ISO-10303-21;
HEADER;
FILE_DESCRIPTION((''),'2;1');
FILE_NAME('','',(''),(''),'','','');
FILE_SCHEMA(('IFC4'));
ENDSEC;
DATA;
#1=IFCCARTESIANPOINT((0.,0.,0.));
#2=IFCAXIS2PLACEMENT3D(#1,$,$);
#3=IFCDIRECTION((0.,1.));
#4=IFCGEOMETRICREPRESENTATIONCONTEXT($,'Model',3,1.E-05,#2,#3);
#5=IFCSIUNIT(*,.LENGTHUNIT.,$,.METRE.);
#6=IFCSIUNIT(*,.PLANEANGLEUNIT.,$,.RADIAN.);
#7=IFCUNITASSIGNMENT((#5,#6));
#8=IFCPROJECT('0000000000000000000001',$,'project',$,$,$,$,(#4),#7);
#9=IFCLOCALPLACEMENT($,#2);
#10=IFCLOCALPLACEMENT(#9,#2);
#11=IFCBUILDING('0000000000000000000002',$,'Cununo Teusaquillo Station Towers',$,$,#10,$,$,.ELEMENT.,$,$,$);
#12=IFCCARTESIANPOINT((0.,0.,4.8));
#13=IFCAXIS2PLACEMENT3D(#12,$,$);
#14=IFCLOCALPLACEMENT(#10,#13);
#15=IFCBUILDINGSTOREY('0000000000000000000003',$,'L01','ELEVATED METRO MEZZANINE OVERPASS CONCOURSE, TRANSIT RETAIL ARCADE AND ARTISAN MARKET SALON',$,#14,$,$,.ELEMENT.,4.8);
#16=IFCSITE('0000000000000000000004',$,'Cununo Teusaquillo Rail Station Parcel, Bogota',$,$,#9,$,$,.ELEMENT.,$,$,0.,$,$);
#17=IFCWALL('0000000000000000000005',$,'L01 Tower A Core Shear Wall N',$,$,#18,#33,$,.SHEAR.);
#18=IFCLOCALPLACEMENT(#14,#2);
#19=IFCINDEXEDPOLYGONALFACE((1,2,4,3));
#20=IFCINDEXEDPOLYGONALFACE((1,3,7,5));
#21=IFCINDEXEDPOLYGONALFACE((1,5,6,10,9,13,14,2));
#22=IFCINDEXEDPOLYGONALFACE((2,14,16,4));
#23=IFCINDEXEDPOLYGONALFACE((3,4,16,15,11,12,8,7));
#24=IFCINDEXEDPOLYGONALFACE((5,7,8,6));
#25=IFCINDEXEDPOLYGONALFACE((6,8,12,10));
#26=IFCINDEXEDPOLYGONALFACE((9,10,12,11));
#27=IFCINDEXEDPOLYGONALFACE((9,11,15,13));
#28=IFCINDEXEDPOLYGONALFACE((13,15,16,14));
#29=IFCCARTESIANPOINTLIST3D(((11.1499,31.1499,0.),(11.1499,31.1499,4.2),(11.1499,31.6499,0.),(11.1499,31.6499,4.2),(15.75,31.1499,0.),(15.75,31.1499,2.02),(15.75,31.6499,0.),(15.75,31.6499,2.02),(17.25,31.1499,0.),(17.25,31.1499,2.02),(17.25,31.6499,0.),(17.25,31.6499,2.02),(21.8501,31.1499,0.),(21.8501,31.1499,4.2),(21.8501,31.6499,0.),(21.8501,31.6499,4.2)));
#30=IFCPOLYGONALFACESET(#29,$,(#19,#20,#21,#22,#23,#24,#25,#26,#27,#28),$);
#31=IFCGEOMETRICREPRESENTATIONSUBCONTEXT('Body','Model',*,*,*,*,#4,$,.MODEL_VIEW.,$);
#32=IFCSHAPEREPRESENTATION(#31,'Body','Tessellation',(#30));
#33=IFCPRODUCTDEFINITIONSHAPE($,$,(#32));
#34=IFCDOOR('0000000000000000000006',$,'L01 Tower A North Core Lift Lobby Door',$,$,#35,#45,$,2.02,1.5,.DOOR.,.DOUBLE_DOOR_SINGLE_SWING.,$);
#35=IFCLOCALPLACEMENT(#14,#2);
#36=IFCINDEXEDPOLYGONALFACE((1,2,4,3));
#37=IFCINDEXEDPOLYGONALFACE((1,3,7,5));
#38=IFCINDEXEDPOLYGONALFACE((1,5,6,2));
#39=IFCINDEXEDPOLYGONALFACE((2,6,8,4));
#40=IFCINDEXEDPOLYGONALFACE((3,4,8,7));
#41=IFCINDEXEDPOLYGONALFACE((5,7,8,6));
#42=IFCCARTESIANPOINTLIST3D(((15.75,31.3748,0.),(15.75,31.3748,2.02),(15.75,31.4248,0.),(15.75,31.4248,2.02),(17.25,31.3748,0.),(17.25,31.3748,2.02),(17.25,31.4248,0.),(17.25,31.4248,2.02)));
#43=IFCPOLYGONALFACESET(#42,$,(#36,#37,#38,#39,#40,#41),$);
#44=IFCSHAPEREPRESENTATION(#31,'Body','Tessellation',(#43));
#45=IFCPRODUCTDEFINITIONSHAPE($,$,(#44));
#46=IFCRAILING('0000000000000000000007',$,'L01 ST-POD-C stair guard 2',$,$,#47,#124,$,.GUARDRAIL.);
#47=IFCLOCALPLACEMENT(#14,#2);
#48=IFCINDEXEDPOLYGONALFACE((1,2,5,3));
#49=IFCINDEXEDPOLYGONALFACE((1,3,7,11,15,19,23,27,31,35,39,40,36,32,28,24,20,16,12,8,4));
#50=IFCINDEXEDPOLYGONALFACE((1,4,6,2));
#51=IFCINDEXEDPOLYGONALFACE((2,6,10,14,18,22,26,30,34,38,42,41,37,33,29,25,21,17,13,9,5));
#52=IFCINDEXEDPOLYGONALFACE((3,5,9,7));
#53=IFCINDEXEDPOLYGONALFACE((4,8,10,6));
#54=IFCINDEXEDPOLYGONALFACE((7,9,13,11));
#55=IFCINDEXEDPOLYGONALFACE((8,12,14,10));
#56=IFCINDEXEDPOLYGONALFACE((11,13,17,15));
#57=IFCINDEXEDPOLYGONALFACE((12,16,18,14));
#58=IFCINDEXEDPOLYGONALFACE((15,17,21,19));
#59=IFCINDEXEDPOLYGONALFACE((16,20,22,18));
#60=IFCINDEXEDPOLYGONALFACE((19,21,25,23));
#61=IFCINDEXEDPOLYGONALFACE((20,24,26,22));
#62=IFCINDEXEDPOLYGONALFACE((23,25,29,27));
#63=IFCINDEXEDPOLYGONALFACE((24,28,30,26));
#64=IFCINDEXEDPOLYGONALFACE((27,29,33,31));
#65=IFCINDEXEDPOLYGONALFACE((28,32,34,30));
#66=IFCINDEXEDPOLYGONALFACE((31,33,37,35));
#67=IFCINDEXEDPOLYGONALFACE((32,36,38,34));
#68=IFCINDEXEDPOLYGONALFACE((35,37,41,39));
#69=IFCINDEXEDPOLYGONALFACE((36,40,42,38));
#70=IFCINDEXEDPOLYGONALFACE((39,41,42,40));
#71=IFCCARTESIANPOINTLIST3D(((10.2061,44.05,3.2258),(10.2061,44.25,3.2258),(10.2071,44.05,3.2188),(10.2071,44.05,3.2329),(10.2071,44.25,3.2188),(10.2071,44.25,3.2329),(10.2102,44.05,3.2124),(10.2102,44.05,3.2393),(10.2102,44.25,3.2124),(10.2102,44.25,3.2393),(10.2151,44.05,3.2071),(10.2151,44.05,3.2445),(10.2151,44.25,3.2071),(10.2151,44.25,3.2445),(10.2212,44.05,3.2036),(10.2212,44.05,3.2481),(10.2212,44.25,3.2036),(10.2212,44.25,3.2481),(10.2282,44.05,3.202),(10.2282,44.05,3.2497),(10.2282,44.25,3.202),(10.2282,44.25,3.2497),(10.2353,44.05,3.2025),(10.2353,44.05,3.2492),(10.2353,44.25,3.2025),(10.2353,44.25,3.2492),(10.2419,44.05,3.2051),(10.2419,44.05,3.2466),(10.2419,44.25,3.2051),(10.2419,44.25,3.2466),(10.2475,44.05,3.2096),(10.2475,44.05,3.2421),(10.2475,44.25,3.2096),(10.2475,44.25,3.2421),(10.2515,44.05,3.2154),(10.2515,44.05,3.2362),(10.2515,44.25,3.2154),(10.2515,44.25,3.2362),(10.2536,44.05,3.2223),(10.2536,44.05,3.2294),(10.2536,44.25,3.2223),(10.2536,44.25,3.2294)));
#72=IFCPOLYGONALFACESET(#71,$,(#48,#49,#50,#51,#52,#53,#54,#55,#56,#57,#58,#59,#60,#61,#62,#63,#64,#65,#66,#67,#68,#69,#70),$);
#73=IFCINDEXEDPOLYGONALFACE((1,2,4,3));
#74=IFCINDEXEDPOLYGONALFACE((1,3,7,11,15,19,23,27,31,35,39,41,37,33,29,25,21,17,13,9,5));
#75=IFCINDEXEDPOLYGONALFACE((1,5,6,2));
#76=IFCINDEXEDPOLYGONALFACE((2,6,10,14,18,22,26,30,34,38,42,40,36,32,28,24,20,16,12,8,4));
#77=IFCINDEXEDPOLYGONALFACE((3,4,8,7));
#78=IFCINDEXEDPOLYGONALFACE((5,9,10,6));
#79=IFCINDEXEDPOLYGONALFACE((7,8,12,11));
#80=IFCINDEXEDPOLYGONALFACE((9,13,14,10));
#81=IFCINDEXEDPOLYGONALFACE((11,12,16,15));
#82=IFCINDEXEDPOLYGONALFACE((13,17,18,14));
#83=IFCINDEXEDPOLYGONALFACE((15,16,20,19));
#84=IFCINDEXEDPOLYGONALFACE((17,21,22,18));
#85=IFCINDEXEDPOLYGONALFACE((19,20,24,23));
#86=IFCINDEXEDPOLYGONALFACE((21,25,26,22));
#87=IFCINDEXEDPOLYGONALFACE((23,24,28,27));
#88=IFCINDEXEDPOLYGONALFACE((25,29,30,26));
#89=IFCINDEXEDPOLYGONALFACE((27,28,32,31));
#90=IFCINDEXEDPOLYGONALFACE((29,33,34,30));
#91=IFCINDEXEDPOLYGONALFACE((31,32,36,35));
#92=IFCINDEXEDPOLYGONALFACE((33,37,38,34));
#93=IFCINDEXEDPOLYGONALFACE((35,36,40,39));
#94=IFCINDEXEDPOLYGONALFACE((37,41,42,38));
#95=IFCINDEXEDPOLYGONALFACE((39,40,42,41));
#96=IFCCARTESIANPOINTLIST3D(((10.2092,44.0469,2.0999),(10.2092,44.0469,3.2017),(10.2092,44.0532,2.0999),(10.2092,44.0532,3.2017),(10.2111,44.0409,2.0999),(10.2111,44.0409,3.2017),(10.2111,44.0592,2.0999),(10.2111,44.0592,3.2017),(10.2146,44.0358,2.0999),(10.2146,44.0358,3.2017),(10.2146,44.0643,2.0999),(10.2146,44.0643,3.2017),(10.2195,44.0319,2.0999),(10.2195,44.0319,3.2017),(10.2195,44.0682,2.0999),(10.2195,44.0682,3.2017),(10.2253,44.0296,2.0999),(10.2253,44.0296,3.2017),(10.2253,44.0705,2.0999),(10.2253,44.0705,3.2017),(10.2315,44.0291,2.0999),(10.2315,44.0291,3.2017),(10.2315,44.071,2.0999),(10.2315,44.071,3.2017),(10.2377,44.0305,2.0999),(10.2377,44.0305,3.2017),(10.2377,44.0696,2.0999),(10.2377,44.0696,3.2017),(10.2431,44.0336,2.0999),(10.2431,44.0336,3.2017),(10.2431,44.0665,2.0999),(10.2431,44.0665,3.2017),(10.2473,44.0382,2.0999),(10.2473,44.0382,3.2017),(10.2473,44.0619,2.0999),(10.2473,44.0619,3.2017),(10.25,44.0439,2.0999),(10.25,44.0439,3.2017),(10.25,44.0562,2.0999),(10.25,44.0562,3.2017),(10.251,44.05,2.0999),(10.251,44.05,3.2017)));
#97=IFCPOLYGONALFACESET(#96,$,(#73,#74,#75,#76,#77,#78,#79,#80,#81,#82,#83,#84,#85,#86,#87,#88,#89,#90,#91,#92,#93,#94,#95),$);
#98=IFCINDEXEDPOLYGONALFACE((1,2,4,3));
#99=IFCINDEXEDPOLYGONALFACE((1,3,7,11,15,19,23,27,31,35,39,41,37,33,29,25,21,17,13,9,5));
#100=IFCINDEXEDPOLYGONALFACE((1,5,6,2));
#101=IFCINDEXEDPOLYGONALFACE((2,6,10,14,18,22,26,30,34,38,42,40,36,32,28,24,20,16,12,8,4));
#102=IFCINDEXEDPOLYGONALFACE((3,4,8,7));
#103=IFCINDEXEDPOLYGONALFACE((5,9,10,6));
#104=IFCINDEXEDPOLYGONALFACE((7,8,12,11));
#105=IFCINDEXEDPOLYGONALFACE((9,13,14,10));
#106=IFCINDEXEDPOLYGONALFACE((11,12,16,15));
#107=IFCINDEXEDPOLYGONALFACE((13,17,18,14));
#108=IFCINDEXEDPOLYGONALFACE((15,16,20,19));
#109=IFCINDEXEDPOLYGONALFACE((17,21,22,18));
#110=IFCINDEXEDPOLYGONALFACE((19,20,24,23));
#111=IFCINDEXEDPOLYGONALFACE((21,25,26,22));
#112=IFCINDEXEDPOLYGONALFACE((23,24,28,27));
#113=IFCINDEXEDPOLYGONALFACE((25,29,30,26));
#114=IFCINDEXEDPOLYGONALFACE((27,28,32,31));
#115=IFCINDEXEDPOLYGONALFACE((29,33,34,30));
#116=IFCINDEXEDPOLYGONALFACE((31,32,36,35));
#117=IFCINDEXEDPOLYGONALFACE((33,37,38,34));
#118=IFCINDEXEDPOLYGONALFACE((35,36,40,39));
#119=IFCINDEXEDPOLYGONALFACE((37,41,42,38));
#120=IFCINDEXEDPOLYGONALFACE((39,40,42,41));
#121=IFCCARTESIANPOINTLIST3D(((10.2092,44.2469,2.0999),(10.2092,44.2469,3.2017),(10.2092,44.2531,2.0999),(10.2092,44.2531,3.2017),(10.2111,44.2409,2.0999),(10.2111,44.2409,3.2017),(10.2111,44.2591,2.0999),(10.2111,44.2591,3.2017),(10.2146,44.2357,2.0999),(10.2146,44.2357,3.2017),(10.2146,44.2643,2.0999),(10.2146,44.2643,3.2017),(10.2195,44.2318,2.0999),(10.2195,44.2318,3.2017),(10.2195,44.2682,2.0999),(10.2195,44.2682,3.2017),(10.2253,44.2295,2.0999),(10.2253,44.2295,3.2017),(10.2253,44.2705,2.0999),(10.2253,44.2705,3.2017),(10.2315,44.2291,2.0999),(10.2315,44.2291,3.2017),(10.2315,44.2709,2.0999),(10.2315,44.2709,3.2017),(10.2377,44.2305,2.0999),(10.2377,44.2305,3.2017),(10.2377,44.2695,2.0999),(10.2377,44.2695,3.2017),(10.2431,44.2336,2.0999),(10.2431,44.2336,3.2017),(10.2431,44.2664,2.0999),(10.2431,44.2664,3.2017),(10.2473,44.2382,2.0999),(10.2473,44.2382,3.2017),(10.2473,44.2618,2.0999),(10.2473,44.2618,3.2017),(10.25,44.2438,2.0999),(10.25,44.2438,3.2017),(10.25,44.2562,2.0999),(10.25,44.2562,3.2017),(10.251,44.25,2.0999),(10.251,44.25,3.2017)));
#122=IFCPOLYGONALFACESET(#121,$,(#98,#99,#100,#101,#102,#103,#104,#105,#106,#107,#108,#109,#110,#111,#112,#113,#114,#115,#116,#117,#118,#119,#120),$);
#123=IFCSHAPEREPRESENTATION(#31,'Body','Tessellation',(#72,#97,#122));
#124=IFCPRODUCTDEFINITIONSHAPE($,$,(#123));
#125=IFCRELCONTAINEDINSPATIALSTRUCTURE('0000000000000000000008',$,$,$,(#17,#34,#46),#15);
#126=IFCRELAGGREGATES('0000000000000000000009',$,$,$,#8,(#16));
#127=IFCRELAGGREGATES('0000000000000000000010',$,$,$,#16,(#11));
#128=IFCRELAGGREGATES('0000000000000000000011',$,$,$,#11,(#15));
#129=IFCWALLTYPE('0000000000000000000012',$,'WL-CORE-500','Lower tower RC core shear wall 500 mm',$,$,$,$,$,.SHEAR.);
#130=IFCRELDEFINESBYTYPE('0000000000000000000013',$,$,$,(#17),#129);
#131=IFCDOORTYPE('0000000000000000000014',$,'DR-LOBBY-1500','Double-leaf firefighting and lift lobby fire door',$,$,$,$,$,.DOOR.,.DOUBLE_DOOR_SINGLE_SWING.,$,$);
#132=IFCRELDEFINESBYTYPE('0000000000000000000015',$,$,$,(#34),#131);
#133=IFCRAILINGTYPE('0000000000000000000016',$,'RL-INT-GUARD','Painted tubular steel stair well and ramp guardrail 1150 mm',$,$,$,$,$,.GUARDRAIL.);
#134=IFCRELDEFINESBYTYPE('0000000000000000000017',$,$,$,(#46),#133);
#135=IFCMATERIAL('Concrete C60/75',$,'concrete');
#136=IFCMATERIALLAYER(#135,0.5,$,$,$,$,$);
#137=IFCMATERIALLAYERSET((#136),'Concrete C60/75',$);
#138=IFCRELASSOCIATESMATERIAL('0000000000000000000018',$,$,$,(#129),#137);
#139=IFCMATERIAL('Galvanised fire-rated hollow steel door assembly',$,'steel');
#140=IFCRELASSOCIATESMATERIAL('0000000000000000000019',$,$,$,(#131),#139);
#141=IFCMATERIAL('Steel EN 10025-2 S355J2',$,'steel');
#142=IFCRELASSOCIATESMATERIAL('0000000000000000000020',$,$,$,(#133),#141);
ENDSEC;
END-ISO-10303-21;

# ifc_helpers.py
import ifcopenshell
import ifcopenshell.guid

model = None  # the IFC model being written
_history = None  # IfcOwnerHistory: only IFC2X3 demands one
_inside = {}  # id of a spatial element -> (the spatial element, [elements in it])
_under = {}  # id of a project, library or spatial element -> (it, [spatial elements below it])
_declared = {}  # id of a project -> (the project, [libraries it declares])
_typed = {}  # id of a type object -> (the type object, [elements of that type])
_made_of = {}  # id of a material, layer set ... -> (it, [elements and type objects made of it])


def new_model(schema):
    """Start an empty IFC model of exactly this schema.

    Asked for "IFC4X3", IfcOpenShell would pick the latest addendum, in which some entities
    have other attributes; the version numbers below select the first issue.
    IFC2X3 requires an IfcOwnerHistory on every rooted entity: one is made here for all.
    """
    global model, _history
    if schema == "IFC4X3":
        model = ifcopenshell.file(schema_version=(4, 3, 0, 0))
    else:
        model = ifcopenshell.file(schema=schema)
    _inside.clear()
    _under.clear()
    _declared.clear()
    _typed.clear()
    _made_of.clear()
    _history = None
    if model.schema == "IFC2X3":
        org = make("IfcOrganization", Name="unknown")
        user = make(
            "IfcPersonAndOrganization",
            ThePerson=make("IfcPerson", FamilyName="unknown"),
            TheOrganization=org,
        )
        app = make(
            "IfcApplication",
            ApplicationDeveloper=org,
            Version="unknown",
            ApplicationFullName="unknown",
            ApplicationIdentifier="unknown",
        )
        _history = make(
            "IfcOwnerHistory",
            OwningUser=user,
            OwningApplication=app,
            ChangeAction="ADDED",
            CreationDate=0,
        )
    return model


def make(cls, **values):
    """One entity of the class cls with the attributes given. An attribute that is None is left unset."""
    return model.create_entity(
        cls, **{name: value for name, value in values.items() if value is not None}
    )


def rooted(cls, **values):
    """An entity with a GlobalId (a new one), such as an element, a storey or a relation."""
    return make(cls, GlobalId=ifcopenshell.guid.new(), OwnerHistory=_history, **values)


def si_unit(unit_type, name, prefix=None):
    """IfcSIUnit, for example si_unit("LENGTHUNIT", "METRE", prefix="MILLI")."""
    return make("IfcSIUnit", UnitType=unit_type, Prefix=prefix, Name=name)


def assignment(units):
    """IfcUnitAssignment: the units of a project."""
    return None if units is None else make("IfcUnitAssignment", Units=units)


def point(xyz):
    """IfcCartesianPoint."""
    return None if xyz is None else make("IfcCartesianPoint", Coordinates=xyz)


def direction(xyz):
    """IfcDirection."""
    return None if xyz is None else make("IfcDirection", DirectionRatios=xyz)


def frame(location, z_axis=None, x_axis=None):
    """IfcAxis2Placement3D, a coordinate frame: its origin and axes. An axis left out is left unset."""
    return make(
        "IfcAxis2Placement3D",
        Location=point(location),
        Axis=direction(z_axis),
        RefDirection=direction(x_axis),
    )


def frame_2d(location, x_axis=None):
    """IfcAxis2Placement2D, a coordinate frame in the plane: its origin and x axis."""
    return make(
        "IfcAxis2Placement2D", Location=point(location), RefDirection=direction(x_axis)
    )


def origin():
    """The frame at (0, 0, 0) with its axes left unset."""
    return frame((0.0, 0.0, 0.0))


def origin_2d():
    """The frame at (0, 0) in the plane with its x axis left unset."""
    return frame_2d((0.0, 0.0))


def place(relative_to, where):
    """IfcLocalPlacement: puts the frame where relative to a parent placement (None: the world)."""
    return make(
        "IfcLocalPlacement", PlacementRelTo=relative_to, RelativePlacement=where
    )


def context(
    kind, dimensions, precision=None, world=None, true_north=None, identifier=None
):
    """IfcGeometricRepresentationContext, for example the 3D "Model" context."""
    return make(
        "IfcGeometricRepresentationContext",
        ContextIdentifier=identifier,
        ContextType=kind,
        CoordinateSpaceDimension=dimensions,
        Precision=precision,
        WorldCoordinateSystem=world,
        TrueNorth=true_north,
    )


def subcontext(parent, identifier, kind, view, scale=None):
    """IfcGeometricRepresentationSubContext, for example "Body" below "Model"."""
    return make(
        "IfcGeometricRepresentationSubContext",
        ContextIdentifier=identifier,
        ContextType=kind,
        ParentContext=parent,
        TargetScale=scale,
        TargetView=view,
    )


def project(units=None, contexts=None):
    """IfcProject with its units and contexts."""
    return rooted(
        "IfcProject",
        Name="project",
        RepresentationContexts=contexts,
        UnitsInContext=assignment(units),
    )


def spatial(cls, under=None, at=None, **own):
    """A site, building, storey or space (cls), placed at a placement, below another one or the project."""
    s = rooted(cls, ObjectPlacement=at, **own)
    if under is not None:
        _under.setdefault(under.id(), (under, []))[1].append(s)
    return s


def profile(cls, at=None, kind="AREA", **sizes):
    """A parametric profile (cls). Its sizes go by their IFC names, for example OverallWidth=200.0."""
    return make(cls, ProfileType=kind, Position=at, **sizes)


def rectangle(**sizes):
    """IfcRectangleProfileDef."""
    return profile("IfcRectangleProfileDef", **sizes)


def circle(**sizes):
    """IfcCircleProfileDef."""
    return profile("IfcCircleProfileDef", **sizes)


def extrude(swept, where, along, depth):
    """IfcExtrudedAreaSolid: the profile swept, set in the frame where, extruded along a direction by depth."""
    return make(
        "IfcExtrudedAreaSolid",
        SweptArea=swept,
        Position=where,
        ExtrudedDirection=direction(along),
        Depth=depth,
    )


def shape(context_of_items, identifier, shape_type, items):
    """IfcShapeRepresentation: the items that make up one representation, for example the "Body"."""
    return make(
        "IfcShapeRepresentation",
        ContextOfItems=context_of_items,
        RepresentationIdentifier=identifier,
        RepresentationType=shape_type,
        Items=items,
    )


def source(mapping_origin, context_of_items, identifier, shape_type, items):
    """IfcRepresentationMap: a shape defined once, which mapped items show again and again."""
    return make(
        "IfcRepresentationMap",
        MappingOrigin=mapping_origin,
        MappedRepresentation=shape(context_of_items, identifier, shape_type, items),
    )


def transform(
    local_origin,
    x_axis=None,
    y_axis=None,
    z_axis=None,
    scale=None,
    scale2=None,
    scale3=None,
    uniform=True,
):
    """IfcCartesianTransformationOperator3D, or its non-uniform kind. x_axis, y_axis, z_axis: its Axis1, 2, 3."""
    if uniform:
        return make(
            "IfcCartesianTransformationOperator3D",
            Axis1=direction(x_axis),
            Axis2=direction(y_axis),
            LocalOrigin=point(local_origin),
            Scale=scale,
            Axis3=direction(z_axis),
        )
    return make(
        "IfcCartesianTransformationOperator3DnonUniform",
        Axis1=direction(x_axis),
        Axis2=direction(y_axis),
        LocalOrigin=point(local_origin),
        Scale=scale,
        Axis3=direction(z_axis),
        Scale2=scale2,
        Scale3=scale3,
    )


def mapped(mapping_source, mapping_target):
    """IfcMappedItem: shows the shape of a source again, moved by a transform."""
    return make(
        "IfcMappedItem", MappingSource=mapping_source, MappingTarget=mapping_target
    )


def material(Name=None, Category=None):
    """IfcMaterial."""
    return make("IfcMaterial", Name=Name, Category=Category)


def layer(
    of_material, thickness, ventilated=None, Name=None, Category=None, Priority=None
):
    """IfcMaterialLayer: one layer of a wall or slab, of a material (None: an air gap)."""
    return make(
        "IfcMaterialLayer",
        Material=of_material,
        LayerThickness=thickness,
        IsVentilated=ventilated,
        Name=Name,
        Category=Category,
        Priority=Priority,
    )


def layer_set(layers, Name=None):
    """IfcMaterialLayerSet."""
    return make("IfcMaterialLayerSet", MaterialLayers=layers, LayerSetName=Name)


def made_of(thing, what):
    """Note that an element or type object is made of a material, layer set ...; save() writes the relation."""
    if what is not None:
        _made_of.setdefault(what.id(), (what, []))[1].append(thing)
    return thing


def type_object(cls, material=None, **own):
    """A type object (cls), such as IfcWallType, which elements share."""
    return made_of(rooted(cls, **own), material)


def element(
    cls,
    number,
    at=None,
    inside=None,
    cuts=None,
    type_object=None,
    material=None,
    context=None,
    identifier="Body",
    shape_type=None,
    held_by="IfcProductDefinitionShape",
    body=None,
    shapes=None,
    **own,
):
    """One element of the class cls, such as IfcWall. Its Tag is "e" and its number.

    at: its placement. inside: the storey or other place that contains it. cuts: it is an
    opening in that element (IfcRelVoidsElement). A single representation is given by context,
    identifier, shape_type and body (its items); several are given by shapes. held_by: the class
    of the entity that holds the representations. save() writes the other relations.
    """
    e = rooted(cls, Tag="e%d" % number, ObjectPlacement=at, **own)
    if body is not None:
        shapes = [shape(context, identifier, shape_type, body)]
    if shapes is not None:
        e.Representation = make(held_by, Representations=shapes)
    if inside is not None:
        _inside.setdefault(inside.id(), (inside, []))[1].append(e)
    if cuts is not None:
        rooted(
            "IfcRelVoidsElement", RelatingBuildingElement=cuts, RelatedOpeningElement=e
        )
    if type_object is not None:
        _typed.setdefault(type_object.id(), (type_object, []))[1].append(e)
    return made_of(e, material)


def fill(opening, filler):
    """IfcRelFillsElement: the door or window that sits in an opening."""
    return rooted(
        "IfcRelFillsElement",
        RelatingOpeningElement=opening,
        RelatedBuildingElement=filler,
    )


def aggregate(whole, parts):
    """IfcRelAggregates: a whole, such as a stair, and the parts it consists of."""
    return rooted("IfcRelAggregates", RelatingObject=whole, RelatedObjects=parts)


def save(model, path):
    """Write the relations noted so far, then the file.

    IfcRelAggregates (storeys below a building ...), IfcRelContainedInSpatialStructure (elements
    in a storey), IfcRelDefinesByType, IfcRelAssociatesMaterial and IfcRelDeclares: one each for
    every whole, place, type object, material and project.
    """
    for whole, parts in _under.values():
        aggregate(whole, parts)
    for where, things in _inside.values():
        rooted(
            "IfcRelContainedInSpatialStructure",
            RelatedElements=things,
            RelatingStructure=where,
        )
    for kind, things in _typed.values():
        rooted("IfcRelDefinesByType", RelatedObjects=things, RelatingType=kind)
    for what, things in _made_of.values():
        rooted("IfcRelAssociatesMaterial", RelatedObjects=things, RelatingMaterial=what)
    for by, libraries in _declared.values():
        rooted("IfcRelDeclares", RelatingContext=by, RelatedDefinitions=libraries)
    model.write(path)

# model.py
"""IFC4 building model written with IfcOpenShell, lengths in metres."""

from ifc_helpers import new_model, si_unit, direction, frame, frame_2d, origin, origin_2d, place, context, subcontext, project, spatial, rectangle, circle, extrude, source, transform, mapped, material, layer, layer_set, type_object, element, fill, save


model = new_model("IFC4")

# Units and contexts
model_context = context("Model", 3, precision=1e-05, world=origin(), true_north=direction((0.0, 1.0)))
body_context = subcontext(model_context, "Body", "Model", "MODEL_VIEW")
ifc_project = project(units=[si_unit("LENGTHUNIT", "METRE"), si_unit("PLANEANGLEUNIT", "RADIAN")], contexts=[model_context])

# Site, building, storey
site_placement = place(None, origin())
site = spatial("IfcSite", under=ifc_project, at=site_placement, Name="Cununo Teusaquillo Rail Station Parcel, Bogota", CompositionType="ELEMENT", RefElevation=0.0)
building_placement = place(site_placement, origin())
building = spatial("IfcBuilding", under=site, at=building_placement, Name="Cununo Teusaquillo Station Towers", CompositionType="ELEMENT")
storey_placement = place(building_placement, frame((0.0, 0.0, 4.8)))
storey = spatial("IfcBuildingStorey", under=building, at=storey_placement, Name="L01", Description="ELEVATED METRO MEZZANINE OVERPASS CONCOURSE, TRANSIT RETAIL ARCADE AND ARTISAN MARKET SALON", CompositionType="ELEMENT", Elevation=4.8)

# Wall, opening, door
ifc_material_1 = material(Name="Concrete C60/75", Category="concrete")
ifc_layer_1 = layer(ifc_material_1, 0.5)
ifc_layer_set_1 = layer_set([ifc_layer_1], Name="Concrete C60/75")
wall_type_1 = type_object("IfcWallType", Name="WL-CORE-500", Description="Lower tower RC core shear wall 500 mm", PredefinedType="SHEAR", material=ifc_layer_set_1)
wall_1_placement = place(storey_placement, frame((11.1499, 31.3999, 0.0), z_axis=(0.0, 0.0, 1.0), x_axis=(1.0, 0.0, 0.0)))
wall_1 = element("IfcWall", 1, at=wall_1_placement, inside=storey, type_object=wall_type_1, Name="L01 Tower A Core Shear Wall N", PredefinedType="SHEAR", context=body_context, shape_type="SweptSolid", body=[
    extrude(rectangle(XDim=10.7002, YDim=0.5, at=frame_2d((5.3501, 0.0))), origin(), (0.0, 0.0, 1.0), 4.2),
])
shared_shape_1 = source(origin(), body_context, "Body", "SweptSolid", [
    extrude(rectangle(XDim=1.5, YDim=2.02, at=frame_2d((0.75, 1.01))), frame((0.0, 0.26, 0.0), z_axis=(0.0, -1.0, 0.0), x_axis=(1.0, 0.0, 0.0)), (0.0, 0.0, 1.0), 0.52),
])
opening_1_placement = place(wall_1_placement, frame((4.6001, 0.0, 0.0)))
opening_1 = element("IfcOpeningElement", 2, at=opening_1_placement, cuts=wall_1, PredefinedType="OPENING", context=body_context, shape_type="MappedRepresentation", body=[
    mapped(shared_shape_1, transform((0.0, 0.0, 0.0), x_axis=(1.0, 0.0, 0.0), y_axis=(0.0, 1.0, 0.0), z_axis=(0.0, 0.0, 1.0), scale=1.0)),
])
ifc_material_2 = material(Name="Galvanised fire-rated hollow steel door assembly", Category="steel")
door_type_1 = type_object("IfcDoorType", Name="DR-LOBBY-1500", Description="Double-leaf firefighting and lift lobby fire door", OperationType="DOUBLE_DOOR_SINGLE_SWING", PredefinedType="DOOR", material=ifc_material_2)
shared_shape_2 = source(origin(), body_context, "Body", "SweptSolid", [
    extrude(rectangle(XDim=1.5, YDim=2.02, at=frame_2d((0.75, 1.01))), frame((0.0, 0.0249, 0.0), z_axis=(0.0, -1.0, 0.0), x_axis=(1.0, 0.0, 0.0)), (0.0, 0.0, 1.0), 0.05),
])
door_1_placement = place(opening_1_placement, origin())
door_1 = element("IfcDoor", 3, at=door_1_placement, inside=storey, type_object=door_type_1, Name="L01 Tower A North Core Lift Lobby Door", OperationType="DOUBLE_DOOR_SINGLE_SWING", OverallHeight=2.02, OverallWidth=1.5, PredefinedType="DOOR", context=body_context, shape_type="MappedRepresentation", body=[
    mapped(shared_shape_2, transform((0.0, 0.0, 0.0), x_axis=(1.0, 0.0, 0.0), y_axis=(0.0, 1.0, 0.0), z_axis=(0.0, 0.0, 1.0), scale=1.0)),
])
fill(opening_1, door_1)

# Railing
ifc_material_3 = material(Name="Steel EN 10025-2 S355J2", Category="steel")
railing_type = type_object("IfcRailingType", Name="RL-INT-GUARD", Description="Painted tubular steel stair well and ramp guardrail 1150 mm", PredefinedType="GUARDRAIL", material=ifc_material_3)
railing_1_placement = place(storey_placement, frame((10.23, 44.05, 2.0999)))
element("IfcRailing", 4, at=railing_1_placement, inside=storey, type_object=railing_type, Name="L01 ST-POD-C stair guard 2", PredefinedType="GUARDRAIL", context=body_context, shape_type="SweptSolid", body=[
    extrude(circle(Radius=0.0239, at=origin_2d()), frame((0.0, 0.0, 1.126), z_axis=(0.0, 1.0, 0.0), x_axis=(-1.0, 0.0, 0.0)), (0.0, 0.0, 1.0), 0.2),
    extrude(circle(Radius=0.021, at=origin_2d()), origin(), (0.0, 0.0, 1.0), 1.1018),
    extrude(circle(Radius=0.021, at=origin_2d()), frame((0.0, 0.2, 0.0)), (0.0, 0.0, 1.0), 1.1018),
])

save(model, "model.ifc")
